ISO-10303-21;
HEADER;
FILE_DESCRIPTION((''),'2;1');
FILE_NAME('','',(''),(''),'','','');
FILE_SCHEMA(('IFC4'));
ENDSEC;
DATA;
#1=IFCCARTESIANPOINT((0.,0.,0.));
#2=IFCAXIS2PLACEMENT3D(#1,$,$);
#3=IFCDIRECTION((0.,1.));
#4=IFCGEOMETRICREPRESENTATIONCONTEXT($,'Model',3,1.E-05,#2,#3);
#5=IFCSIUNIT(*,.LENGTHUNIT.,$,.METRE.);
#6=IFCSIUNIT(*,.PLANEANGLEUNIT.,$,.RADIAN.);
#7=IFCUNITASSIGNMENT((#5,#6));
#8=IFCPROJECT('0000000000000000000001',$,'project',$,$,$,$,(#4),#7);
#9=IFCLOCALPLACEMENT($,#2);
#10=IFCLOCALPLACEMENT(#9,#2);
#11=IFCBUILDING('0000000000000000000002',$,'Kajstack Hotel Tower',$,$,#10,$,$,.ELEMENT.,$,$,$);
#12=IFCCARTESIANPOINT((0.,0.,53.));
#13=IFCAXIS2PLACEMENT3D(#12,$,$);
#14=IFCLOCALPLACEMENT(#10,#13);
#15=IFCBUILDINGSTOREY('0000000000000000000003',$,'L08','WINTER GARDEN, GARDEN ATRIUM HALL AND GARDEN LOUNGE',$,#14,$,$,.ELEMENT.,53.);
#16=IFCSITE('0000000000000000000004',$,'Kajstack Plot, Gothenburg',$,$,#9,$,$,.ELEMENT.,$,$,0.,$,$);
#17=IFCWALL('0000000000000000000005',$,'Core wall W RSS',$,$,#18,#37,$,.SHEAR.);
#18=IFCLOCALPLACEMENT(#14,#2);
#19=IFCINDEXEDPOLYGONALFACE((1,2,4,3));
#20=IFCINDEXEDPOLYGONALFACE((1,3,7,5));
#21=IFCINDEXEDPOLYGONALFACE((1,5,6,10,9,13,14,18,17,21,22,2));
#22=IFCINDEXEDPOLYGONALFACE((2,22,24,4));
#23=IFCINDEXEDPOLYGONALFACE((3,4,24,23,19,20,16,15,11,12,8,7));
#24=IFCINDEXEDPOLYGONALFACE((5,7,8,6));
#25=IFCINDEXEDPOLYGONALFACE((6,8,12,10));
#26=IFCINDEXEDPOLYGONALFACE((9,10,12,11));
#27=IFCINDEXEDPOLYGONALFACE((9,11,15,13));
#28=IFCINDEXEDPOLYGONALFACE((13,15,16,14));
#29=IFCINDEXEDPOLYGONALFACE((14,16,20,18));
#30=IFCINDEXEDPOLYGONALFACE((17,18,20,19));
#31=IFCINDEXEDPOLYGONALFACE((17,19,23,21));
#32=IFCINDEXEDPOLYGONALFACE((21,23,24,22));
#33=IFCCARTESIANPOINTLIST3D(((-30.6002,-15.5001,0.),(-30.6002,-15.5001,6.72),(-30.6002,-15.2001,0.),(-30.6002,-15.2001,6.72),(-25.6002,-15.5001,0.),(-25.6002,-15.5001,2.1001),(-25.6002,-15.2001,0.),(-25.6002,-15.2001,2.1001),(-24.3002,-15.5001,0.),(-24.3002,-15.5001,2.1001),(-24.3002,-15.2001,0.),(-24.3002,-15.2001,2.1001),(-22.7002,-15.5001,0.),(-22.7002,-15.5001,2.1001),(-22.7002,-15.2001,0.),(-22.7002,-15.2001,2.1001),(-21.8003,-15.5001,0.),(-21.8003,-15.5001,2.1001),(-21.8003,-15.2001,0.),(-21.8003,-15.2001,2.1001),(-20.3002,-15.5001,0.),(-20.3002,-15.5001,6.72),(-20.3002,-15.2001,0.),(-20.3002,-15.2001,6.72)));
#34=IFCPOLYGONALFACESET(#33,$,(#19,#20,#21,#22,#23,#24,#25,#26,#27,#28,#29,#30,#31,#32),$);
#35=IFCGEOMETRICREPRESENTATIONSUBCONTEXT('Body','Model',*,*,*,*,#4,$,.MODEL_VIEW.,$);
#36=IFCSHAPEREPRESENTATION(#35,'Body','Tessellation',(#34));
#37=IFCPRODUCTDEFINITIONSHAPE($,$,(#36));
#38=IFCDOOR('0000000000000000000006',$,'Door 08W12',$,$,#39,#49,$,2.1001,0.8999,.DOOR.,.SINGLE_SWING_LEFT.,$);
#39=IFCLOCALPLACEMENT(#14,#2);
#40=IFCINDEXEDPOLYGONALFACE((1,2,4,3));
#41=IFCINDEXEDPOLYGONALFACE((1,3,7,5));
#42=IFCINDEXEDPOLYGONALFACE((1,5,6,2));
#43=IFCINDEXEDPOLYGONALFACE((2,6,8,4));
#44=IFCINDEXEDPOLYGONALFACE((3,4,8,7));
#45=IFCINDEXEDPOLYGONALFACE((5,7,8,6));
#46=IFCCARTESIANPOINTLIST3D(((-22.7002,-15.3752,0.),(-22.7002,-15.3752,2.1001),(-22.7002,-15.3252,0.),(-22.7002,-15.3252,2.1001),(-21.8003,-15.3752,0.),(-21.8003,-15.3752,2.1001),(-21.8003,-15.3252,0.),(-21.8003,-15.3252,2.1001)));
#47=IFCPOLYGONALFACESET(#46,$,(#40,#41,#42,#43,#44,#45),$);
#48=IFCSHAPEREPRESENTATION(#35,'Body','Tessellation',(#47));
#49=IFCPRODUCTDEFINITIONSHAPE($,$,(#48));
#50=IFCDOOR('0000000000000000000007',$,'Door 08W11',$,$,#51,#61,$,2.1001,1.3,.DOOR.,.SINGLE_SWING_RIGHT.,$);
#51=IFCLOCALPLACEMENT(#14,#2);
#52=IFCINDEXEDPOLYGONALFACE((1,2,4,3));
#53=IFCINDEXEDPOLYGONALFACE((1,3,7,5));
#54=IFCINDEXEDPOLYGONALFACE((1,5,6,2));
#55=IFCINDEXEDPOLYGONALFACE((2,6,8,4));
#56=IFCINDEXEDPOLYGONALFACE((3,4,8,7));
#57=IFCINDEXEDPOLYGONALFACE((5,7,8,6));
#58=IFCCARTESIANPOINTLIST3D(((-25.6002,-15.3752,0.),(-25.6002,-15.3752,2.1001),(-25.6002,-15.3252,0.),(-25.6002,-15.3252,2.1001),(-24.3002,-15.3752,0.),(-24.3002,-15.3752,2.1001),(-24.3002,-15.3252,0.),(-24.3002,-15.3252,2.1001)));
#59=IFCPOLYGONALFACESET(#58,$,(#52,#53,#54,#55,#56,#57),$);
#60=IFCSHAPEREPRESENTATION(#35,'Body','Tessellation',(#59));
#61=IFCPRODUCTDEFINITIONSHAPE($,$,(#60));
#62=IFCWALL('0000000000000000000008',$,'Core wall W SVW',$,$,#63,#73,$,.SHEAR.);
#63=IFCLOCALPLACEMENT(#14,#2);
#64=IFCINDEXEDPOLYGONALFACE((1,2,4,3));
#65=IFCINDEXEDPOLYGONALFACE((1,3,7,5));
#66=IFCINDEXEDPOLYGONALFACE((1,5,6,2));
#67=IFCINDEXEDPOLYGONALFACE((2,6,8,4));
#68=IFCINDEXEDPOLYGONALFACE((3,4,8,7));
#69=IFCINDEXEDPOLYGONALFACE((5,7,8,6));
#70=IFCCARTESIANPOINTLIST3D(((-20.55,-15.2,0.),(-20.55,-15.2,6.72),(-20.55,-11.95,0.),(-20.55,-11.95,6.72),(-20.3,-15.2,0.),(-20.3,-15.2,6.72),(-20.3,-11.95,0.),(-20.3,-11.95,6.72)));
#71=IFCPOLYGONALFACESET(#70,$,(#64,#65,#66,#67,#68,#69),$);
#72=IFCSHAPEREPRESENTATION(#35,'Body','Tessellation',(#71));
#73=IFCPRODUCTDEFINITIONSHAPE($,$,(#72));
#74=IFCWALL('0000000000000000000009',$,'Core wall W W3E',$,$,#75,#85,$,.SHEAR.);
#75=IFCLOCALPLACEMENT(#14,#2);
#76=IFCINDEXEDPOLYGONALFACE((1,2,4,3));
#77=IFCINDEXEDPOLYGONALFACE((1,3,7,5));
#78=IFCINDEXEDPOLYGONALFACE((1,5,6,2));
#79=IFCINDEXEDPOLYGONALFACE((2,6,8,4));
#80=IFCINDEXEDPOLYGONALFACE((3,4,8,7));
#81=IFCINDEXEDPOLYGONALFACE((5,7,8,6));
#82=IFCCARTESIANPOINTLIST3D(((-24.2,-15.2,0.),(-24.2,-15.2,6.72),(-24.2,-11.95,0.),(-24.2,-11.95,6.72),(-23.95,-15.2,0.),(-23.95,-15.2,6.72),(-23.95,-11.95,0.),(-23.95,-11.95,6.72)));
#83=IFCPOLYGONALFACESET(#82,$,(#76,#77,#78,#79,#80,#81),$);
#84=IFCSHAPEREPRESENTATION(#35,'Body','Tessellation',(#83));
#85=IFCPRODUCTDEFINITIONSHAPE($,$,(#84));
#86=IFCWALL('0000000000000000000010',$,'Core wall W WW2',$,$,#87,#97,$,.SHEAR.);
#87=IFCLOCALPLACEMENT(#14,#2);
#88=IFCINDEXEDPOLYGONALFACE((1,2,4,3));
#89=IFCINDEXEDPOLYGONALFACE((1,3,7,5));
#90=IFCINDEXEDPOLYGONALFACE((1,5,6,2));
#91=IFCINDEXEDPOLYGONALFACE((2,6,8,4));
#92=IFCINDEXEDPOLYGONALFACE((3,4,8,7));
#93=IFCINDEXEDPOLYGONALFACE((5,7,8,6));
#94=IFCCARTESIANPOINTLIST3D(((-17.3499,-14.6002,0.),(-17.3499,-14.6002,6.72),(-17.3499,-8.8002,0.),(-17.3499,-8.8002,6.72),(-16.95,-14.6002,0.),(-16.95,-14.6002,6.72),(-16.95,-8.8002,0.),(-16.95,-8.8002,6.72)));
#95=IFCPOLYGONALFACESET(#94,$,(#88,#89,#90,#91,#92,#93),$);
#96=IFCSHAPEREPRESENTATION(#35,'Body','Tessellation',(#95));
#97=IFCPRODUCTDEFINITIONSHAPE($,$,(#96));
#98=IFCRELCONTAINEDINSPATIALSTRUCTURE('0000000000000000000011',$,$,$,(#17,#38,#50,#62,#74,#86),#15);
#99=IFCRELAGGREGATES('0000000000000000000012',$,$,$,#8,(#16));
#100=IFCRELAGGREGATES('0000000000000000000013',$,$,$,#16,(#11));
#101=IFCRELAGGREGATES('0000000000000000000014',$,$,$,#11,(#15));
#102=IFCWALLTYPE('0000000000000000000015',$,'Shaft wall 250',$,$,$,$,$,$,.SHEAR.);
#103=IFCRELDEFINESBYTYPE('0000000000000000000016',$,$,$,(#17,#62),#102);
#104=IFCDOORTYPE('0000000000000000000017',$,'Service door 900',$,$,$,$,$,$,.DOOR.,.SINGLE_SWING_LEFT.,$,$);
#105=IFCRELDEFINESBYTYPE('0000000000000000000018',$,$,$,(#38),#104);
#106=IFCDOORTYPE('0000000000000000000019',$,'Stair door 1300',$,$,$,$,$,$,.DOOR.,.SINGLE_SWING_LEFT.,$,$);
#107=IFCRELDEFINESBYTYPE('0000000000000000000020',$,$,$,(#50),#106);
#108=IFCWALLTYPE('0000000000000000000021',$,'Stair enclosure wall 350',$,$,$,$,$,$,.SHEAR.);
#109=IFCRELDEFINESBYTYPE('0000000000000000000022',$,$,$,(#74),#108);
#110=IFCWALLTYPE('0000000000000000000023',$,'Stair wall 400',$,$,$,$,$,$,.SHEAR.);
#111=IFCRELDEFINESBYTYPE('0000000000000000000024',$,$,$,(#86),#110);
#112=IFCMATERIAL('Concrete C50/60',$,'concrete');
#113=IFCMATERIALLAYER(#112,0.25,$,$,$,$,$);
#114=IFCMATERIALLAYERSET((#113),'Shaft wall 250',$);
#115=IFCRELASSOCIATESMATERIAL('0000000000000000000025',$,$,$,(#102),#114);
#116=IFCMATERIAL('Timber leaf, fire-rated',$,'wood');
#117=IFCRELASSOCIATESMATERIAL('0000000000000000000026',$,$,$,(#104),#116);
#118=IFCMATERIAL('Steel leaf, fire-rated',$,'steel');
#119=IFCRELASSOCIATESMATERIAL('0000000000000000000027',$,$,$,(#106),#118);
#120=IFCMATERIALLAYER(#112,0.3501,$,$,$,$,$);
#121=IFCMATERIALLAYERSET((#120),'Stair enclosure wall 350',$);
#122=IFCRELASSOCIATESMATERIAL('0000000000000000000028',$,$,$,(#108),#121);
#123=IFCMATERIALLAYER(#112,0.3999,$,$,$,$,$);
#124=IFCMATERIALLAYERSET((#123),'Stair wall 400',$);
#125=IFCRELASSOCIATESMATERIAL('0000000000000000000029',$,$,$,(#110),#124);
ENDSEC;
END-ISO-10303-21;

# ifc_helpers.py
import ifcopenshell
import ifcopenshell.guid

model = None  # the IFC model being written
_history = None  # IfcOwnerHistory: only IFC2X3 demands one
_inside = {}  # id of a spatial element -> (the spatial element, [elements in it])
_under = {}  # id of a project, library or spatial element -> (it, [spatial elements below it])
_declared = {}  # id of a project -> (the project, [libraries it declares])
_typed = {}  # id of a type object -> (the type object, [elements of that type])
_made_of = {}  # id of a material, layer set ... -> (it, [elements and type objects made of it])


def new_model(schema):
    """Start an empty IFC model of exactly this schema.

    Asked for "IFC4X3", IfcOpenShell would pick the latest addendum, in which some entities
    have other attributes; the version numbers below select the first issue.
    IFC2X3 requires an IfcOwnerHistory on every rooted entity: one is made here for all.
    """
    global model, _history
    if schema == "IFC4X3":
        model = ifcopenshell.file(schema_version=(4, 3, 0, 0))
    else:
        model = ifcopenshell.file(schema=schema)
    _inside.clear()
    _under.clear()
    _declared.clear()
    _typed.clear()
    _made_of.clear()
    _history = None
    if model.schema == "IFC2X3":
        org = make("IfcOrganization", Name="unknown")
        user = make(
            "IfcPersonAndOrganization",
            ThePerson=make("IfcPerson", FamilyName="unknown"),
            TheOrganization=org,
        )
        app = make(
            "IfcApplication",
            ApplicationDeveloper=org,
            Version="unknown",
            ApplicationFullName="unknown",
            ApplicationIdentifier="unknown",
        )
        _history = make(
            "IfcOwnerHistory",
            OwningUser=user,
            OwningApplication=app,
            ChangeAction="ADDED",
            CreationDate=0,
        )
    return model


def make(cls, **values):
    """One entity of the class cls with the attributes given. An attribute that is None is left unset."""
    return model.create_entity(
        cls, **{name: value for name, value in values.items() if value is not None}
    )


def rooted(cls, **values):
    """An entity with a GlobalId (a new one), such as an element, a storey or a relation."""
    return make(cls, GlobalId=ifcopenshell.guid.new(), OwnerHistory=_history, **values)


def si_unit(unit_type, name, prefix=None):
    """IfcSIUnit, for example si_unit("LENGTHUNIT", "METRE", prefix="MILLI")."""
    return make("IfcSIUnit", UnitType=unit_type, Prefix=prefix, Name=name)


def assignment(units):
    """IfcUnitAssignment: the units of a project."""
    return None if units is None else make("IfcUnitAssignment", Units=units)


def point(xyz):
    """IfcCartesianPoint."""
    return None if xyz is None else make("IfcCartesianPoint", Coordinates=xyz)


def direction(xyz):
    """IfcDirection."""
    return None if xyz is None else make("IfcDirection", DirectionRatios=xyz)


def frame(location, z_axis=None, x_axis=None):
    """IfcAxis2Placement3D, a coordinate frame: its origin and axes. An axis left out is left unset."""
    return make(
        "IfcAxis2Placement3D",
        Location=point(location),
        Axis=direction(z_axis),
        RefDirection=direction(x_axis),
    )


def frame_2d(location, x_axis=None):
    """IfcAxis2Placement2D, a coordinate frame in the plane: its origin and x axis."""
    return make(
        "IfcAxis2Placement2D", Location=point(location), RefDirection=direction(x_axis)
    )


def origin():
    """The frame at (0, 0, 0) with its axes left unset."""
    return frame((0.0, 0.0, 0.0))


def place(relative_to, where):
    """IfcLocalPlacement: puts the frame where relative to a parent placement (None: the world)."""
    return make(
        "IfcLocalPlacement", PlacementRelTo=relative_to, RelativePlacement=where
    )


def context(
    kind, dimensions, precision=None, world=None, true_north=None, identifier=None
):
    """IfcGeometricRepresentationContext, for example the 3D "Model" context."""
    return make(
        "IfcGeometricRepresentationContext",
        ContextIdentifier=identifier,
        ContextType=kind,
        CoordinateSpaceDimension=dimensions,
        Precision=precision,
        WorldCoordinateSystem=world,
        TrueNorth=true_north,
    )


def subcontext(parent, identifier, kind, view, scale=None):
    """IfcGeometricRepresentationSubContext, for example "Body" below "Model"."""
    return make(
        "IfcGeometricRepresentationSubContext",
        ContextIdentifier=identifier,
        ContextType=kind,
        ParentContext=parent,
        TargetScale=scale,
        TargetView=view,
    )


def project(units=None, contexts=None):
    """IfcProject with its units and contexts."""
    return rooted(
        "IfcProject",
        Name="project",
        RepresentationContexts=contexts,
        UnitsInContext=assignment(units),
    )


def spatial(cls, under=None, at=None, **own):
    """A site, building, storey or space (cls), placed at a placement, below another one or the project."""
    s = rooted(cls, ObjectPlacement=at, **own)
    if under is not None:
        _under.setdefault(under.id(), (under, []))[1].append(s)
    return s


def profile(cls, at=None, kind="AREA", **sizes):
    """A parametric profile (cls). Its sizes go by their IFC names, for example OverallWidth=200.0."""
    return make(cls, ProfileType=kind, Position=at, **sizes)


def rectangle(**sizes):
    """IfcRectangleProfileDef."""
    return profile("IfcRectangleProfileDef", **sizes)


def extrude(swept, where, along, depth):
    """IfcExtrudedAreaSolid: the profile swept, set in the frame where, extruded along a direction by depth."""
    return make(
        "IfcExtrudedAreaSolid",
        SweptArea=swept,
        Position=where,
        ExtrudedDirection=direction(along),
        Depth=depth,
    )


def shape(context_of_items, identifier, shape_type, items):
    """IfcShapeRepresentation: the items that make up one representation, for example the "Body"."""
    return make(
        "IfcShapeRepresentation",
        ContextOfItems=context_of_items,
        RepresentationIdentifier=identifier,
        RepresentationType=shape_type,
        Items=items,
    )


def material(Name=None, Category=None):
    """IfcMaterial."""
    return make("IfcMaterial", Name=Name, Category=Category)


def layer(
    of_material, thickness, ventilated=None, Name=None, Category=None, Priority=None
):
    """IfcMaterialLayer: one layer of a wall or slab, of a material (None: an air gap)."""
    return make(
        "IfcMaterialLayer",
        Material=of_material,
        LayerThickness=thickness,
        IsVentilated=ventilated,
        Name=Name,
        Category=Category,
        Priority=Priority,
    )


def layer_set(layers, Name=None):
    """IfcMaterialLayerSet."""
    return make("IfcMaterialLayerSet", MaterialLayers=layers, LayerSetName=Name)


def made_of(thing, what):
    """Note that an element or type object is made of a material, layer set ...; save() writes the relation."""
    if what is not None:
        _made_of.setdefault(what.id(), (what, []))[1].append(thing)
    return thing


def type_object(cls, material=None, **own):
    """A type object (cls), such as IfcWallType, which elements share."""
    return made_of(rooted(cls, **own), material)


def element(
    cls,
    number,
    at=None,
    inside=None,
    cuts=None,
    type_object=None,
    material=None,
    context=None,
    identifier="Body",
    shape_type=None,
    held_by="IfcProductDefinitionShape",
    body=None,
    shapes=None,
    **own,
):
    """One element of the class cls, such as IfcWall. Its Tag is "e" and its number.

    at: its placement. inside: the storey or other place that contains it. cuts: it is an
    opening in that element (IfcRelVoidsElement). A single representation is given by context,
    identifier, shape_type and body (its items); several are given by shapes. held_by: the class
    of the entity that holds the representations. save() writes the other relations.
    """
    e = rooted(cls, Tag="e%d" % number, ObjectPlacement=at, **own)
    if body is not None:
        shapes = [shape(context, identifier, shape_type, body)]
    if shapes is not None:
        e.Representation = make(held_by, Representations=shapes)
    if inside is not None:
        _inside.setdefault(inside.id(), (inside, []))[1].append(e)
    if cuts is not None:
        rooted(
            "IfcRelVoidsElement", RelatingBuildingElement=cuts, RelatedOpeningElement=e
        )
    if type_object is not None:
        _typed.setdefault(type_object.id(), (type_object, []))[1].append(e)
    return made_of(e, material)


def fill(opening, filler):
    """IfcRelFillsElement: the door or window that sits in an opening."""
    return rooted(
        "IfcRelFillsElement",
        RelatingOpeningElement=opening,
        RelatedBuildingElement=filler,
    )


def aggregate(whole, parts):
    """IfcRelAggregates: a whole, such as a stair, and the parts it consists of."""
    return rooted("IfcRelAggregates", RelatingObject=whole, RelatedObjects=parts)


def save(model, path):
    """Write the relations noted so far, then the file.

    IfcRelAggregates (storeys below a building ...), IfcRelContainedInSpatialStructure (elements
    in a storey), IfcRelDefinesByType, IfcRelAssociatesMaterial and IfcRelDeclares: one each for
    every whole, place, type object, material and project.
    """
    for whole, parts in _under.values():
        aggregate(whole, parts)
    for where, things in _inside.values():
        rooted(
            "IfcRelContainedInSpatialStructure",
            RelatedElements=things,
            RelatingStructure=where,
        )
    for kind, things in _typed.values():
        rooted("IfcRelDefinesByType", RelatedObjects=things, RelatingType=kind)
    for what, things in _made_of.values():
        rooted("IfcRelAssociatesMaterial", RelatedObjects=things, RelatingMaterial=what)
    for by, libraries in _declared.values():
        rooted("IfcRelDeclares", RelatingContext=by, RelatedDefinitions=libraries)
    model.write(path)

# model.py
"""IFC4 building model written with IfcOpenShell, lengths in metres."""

from ifc_helpers import new_model, si_unit, direction, frame, frame_2d, origin, place, context, subcontext, project, spatial, rectangle, extrude, material, layer, layer_set, type_object, element, fill, save


model = new_model("IFC4")

# Units and contexts
model_context = context("Model", 3, precision=1e-05, world=origin(), true_north=direction((0.0, 1.0)))
body_context = subcontext(model_context, "Body", "Model", "MODEL_VIEW")
ifc_project = project(units=[si_unit("LENGTHUNIT", "METRE"), si_unit("PLANEANGLEUNIT", "RADIAN")], contexts=[model_context])

# Site, building, storey
site_placement = place(None, origin())
site = spatial("IfcSite", under=ifc_project, at=site_placement, Name="Kajstack Plot, Gothenburg", CompositionType="ELEMENT", RefElevation=0.0)
building_placement = place(site_placement, origin())
building = spatial("IfcBuilding", under=site, at=building_placement, Name="Kajstack Hotel Tower", CompositionType="ELEMENT")
storey_placement = place(building_placement, frame((0.0, 0.0, 53.0)))
storey = spatial("IfcBuildingStorey", under=building, at=storey_placement, Name="L08", Description="WINTER GARDEN, GARDEN ATRIUM HALL AND GARDEN LOUNGE", CompositionType="ELEMENT", Elevation=53.0)

# Wall, openings, doors
ifc_material_1 = material(Name="Concrete C50/60", Category="concrete")
ifc_layer_1 = layer(ifc_material_1, 0.25)
ifc_layer_set_1 = layer_set([ifc_layer_1], Name="Shaft wall 250")
wall_type_1 = type_object("IfcWallType", Name="Shaft wall 250", PredefinedType="SHEAR", material=ifc_layer_set_1)
wall_1_placement = place(storey_placement, frame((-30.6001, -15.3501, 0.0), z_axis=(0.0, 0.0, 1.0), x_axis=(1.0, 0.0, 0.0)))
wall_1 = element("IfcWall", 1, at=wall_1_placement, inside=storey, type_object=wall_type_1, Name="Core wall W RSS", PredefinedType="SHEAR", context=body_context, shape_type="SweptSolid", body=[
    extrude(rectangle(XDim=10.3, YDim=0.3, at=frame_2d((5.1499, 0.0))), origin(), (0.0, 0.0, 1.0), 6.72),
])
opening_1_placement = place(wall_1_placement, frame((5.0, 0.0, 0.0)))
opening_1 = element("IfcOpeningElement", 2, at=opening_1_placement, cuts=wall_1, PredefinedType="OPENING", context=body_context, shape_type="SweptSolid", body=[
    extrude(rectangle(XDim=1.3, YDim=2.1001, at=frame_2d((0.6499, 1.05))), frame((0.0, 0.1599, 0.0), z_axis=(0.0, -1.0, 0.0), x_axis=(1.0, 0.0, 0.0)), (0.0, 0.0, 1.0), 0.3201),
])
opening_2_placement = place(wall_1_placement, frame((7.8999, 0.0, 0.0)))
opening_2 = element("IfcOpeningElement", 3, at=opening_2_placement, cuts=wall_1, PredefinedType="OPENING", context=body_context, shape_type="SweptSolid", body=[
    extrude(rectangle(XDim=0.8999, YDim=2.1001, at=frame_2d((0.45, 1.05))), frame((0.0, 0.1599, 0.0), z_axis=(0.0, -1.0, 0.0), x_axis=(1.0, 0.0, 0.0)), (0.0, 0.0, 1.0), 0.3201),
])
ifc_material_2 = material(Name="Timber leaf, fire-rated", Category="wood")
door_type_1 = type_object("IfcDoorType", Name="Service door 900", OperationType="SINGLE_SWING_LEFT", PredefinedType="DOOR", material=ifc_material_2)
door_1_placement = place(opening_2_placement, origin())
door_1 = element("IfcDoor", 4, at=door_1_placement, inside=storey, type_object=door_type_1, Name="Door 08W12", OperationType="SINGLE_SWING_LEFT", OverallHeight=2.1001, OverallWidth=0.8999, PredefinedType="DOOR", context=body_context, shape_type="SweptSolid", body=[
    extrude(rectangle(XDim=0.8999, YDim=2.1001, at=frame_2d((0.45, 1.05))), frame((0.0, 0.0249, 0.0), z_axis=(0.0, -1.0, 0.0), x_axis=(1.0, 0.0, 0.0)), (0.0, 0.0, 1.0), 0.05),
])
fill(opening_2, door_1)
ifc_material_3 = material(Name="Steel leaf, fire-rated", Category="steel")
door_type_2 = type_object("IfcDoorType", Name="Stair door 1300", OperationType="SINGLE_SWING_LEFT", PredefinedType="DOOR", material=ifc_material_3)
door_2_placement = place(opening_1_placement, origin())
door_2 = element("IfcDoor", 5, at=door_2_placement, inside=storey, type_object=door_type_2, Name="Door 08W11", OperationType="SINGLE_SWING_RIGHT", OverallHeight=2.1001, OverallWidth=1.3, PredefinedType="DOOR", context=body_context, shape_type="SweptSolid", body=[
    extrude(rectangle(XDim=1.3, YDim=2.1001, at=frame_2d((0.6499, 1.05))), frame((0.0, 0.0249, 0.0), z_axis=(0.0, -1.0, 0.0), x_axis=(1.0, 0.0, 0.0)), (0.0, 0.0, 1.0), 0.05),
])
fill(opening_1, door_2)

# Walls
wall_2_placement = place(storey_placement, frame((-20.425, -15.2, 0.0), z_axis=(0.0, 0.0, 1.0), x_axis=(0.0, 1.0, 0.0)))
element("IfcWall", 6, at=wall_2_placement, inside=storey, type_object=wall_type_1, Name="Core wall W SVW", PredefinedType="SHEAR", context=body_context, shape_type="SweptSolid", body=[
    extrude(rectangle(XDim=3.25, YDim=0.25, at=frame_2d((1.625, 0.0))), origin(), (0.0, 0.0, 1.0), 6.72),
])
ifc_layer_2 = layer(ifc_material_1, 0.3501)
ifc_layer_set_2 = layer_set([ifc_layer_2], Name="Stair enclosure wall 350")
wall_type_2 = type_object("IfcWallType", Name="Stair enclosure wall 350", PredefinedType="SHEAR", material=ifc_layer_set_2)
wall_3_placement = place(storey_placement, frame((-24.075, -15.2, 0.0), z_axis=(0.0, 0.0, 1.0), x_axis=(0.0, 1.0, 0.0)))
element("IfcWall", 7, at=wall_3_placement, inside=storey, type_object=wall_type_2, Name="Core wall W W3E", PredefinedType="SHEAR", context=body_context, shape_type="SweptSolid", body=[
    extrude(rectangle(XDim=3.25, YDim=0.25, at=frame_2d((1.625, 0.0))), origin(), (0.0, 0.0, 1.0), 6.72),
])
ifc_layer_3 = layer(ifc_material_1, 0.3999)
ifc_layer_set_3 = layer_set([ifc_layer_3], Name="Stair wall 400")
wall_type_3 = type_object("IfcWallType", Name="Stair wall 400", PredefinedType="SHEAR", material=ifc_layer_set_3)
wall_4_placement = place(storey_placement, frame((-17.1499, -14.6001, 0.0), z_axis=(0.0, 0.0, 1.0), x_axis=(0.0, 1.0, 0.0)))
element("IfcWall", 8, at=wall_4_placement, inside=storey, type_object=wall_type_3, Name="Core wall W WW2", PredefinedType="SHEAR", context=body_context, shape_type="SweptSolid", body=[
    extrude(rectangle(XDim=5.8, YDim=0.3999, at=frame_2d((2.8999, 0.0))), origin(), (0.0, 0.0, 1.0), 6.72),
])

save(model, "model.ifc")
